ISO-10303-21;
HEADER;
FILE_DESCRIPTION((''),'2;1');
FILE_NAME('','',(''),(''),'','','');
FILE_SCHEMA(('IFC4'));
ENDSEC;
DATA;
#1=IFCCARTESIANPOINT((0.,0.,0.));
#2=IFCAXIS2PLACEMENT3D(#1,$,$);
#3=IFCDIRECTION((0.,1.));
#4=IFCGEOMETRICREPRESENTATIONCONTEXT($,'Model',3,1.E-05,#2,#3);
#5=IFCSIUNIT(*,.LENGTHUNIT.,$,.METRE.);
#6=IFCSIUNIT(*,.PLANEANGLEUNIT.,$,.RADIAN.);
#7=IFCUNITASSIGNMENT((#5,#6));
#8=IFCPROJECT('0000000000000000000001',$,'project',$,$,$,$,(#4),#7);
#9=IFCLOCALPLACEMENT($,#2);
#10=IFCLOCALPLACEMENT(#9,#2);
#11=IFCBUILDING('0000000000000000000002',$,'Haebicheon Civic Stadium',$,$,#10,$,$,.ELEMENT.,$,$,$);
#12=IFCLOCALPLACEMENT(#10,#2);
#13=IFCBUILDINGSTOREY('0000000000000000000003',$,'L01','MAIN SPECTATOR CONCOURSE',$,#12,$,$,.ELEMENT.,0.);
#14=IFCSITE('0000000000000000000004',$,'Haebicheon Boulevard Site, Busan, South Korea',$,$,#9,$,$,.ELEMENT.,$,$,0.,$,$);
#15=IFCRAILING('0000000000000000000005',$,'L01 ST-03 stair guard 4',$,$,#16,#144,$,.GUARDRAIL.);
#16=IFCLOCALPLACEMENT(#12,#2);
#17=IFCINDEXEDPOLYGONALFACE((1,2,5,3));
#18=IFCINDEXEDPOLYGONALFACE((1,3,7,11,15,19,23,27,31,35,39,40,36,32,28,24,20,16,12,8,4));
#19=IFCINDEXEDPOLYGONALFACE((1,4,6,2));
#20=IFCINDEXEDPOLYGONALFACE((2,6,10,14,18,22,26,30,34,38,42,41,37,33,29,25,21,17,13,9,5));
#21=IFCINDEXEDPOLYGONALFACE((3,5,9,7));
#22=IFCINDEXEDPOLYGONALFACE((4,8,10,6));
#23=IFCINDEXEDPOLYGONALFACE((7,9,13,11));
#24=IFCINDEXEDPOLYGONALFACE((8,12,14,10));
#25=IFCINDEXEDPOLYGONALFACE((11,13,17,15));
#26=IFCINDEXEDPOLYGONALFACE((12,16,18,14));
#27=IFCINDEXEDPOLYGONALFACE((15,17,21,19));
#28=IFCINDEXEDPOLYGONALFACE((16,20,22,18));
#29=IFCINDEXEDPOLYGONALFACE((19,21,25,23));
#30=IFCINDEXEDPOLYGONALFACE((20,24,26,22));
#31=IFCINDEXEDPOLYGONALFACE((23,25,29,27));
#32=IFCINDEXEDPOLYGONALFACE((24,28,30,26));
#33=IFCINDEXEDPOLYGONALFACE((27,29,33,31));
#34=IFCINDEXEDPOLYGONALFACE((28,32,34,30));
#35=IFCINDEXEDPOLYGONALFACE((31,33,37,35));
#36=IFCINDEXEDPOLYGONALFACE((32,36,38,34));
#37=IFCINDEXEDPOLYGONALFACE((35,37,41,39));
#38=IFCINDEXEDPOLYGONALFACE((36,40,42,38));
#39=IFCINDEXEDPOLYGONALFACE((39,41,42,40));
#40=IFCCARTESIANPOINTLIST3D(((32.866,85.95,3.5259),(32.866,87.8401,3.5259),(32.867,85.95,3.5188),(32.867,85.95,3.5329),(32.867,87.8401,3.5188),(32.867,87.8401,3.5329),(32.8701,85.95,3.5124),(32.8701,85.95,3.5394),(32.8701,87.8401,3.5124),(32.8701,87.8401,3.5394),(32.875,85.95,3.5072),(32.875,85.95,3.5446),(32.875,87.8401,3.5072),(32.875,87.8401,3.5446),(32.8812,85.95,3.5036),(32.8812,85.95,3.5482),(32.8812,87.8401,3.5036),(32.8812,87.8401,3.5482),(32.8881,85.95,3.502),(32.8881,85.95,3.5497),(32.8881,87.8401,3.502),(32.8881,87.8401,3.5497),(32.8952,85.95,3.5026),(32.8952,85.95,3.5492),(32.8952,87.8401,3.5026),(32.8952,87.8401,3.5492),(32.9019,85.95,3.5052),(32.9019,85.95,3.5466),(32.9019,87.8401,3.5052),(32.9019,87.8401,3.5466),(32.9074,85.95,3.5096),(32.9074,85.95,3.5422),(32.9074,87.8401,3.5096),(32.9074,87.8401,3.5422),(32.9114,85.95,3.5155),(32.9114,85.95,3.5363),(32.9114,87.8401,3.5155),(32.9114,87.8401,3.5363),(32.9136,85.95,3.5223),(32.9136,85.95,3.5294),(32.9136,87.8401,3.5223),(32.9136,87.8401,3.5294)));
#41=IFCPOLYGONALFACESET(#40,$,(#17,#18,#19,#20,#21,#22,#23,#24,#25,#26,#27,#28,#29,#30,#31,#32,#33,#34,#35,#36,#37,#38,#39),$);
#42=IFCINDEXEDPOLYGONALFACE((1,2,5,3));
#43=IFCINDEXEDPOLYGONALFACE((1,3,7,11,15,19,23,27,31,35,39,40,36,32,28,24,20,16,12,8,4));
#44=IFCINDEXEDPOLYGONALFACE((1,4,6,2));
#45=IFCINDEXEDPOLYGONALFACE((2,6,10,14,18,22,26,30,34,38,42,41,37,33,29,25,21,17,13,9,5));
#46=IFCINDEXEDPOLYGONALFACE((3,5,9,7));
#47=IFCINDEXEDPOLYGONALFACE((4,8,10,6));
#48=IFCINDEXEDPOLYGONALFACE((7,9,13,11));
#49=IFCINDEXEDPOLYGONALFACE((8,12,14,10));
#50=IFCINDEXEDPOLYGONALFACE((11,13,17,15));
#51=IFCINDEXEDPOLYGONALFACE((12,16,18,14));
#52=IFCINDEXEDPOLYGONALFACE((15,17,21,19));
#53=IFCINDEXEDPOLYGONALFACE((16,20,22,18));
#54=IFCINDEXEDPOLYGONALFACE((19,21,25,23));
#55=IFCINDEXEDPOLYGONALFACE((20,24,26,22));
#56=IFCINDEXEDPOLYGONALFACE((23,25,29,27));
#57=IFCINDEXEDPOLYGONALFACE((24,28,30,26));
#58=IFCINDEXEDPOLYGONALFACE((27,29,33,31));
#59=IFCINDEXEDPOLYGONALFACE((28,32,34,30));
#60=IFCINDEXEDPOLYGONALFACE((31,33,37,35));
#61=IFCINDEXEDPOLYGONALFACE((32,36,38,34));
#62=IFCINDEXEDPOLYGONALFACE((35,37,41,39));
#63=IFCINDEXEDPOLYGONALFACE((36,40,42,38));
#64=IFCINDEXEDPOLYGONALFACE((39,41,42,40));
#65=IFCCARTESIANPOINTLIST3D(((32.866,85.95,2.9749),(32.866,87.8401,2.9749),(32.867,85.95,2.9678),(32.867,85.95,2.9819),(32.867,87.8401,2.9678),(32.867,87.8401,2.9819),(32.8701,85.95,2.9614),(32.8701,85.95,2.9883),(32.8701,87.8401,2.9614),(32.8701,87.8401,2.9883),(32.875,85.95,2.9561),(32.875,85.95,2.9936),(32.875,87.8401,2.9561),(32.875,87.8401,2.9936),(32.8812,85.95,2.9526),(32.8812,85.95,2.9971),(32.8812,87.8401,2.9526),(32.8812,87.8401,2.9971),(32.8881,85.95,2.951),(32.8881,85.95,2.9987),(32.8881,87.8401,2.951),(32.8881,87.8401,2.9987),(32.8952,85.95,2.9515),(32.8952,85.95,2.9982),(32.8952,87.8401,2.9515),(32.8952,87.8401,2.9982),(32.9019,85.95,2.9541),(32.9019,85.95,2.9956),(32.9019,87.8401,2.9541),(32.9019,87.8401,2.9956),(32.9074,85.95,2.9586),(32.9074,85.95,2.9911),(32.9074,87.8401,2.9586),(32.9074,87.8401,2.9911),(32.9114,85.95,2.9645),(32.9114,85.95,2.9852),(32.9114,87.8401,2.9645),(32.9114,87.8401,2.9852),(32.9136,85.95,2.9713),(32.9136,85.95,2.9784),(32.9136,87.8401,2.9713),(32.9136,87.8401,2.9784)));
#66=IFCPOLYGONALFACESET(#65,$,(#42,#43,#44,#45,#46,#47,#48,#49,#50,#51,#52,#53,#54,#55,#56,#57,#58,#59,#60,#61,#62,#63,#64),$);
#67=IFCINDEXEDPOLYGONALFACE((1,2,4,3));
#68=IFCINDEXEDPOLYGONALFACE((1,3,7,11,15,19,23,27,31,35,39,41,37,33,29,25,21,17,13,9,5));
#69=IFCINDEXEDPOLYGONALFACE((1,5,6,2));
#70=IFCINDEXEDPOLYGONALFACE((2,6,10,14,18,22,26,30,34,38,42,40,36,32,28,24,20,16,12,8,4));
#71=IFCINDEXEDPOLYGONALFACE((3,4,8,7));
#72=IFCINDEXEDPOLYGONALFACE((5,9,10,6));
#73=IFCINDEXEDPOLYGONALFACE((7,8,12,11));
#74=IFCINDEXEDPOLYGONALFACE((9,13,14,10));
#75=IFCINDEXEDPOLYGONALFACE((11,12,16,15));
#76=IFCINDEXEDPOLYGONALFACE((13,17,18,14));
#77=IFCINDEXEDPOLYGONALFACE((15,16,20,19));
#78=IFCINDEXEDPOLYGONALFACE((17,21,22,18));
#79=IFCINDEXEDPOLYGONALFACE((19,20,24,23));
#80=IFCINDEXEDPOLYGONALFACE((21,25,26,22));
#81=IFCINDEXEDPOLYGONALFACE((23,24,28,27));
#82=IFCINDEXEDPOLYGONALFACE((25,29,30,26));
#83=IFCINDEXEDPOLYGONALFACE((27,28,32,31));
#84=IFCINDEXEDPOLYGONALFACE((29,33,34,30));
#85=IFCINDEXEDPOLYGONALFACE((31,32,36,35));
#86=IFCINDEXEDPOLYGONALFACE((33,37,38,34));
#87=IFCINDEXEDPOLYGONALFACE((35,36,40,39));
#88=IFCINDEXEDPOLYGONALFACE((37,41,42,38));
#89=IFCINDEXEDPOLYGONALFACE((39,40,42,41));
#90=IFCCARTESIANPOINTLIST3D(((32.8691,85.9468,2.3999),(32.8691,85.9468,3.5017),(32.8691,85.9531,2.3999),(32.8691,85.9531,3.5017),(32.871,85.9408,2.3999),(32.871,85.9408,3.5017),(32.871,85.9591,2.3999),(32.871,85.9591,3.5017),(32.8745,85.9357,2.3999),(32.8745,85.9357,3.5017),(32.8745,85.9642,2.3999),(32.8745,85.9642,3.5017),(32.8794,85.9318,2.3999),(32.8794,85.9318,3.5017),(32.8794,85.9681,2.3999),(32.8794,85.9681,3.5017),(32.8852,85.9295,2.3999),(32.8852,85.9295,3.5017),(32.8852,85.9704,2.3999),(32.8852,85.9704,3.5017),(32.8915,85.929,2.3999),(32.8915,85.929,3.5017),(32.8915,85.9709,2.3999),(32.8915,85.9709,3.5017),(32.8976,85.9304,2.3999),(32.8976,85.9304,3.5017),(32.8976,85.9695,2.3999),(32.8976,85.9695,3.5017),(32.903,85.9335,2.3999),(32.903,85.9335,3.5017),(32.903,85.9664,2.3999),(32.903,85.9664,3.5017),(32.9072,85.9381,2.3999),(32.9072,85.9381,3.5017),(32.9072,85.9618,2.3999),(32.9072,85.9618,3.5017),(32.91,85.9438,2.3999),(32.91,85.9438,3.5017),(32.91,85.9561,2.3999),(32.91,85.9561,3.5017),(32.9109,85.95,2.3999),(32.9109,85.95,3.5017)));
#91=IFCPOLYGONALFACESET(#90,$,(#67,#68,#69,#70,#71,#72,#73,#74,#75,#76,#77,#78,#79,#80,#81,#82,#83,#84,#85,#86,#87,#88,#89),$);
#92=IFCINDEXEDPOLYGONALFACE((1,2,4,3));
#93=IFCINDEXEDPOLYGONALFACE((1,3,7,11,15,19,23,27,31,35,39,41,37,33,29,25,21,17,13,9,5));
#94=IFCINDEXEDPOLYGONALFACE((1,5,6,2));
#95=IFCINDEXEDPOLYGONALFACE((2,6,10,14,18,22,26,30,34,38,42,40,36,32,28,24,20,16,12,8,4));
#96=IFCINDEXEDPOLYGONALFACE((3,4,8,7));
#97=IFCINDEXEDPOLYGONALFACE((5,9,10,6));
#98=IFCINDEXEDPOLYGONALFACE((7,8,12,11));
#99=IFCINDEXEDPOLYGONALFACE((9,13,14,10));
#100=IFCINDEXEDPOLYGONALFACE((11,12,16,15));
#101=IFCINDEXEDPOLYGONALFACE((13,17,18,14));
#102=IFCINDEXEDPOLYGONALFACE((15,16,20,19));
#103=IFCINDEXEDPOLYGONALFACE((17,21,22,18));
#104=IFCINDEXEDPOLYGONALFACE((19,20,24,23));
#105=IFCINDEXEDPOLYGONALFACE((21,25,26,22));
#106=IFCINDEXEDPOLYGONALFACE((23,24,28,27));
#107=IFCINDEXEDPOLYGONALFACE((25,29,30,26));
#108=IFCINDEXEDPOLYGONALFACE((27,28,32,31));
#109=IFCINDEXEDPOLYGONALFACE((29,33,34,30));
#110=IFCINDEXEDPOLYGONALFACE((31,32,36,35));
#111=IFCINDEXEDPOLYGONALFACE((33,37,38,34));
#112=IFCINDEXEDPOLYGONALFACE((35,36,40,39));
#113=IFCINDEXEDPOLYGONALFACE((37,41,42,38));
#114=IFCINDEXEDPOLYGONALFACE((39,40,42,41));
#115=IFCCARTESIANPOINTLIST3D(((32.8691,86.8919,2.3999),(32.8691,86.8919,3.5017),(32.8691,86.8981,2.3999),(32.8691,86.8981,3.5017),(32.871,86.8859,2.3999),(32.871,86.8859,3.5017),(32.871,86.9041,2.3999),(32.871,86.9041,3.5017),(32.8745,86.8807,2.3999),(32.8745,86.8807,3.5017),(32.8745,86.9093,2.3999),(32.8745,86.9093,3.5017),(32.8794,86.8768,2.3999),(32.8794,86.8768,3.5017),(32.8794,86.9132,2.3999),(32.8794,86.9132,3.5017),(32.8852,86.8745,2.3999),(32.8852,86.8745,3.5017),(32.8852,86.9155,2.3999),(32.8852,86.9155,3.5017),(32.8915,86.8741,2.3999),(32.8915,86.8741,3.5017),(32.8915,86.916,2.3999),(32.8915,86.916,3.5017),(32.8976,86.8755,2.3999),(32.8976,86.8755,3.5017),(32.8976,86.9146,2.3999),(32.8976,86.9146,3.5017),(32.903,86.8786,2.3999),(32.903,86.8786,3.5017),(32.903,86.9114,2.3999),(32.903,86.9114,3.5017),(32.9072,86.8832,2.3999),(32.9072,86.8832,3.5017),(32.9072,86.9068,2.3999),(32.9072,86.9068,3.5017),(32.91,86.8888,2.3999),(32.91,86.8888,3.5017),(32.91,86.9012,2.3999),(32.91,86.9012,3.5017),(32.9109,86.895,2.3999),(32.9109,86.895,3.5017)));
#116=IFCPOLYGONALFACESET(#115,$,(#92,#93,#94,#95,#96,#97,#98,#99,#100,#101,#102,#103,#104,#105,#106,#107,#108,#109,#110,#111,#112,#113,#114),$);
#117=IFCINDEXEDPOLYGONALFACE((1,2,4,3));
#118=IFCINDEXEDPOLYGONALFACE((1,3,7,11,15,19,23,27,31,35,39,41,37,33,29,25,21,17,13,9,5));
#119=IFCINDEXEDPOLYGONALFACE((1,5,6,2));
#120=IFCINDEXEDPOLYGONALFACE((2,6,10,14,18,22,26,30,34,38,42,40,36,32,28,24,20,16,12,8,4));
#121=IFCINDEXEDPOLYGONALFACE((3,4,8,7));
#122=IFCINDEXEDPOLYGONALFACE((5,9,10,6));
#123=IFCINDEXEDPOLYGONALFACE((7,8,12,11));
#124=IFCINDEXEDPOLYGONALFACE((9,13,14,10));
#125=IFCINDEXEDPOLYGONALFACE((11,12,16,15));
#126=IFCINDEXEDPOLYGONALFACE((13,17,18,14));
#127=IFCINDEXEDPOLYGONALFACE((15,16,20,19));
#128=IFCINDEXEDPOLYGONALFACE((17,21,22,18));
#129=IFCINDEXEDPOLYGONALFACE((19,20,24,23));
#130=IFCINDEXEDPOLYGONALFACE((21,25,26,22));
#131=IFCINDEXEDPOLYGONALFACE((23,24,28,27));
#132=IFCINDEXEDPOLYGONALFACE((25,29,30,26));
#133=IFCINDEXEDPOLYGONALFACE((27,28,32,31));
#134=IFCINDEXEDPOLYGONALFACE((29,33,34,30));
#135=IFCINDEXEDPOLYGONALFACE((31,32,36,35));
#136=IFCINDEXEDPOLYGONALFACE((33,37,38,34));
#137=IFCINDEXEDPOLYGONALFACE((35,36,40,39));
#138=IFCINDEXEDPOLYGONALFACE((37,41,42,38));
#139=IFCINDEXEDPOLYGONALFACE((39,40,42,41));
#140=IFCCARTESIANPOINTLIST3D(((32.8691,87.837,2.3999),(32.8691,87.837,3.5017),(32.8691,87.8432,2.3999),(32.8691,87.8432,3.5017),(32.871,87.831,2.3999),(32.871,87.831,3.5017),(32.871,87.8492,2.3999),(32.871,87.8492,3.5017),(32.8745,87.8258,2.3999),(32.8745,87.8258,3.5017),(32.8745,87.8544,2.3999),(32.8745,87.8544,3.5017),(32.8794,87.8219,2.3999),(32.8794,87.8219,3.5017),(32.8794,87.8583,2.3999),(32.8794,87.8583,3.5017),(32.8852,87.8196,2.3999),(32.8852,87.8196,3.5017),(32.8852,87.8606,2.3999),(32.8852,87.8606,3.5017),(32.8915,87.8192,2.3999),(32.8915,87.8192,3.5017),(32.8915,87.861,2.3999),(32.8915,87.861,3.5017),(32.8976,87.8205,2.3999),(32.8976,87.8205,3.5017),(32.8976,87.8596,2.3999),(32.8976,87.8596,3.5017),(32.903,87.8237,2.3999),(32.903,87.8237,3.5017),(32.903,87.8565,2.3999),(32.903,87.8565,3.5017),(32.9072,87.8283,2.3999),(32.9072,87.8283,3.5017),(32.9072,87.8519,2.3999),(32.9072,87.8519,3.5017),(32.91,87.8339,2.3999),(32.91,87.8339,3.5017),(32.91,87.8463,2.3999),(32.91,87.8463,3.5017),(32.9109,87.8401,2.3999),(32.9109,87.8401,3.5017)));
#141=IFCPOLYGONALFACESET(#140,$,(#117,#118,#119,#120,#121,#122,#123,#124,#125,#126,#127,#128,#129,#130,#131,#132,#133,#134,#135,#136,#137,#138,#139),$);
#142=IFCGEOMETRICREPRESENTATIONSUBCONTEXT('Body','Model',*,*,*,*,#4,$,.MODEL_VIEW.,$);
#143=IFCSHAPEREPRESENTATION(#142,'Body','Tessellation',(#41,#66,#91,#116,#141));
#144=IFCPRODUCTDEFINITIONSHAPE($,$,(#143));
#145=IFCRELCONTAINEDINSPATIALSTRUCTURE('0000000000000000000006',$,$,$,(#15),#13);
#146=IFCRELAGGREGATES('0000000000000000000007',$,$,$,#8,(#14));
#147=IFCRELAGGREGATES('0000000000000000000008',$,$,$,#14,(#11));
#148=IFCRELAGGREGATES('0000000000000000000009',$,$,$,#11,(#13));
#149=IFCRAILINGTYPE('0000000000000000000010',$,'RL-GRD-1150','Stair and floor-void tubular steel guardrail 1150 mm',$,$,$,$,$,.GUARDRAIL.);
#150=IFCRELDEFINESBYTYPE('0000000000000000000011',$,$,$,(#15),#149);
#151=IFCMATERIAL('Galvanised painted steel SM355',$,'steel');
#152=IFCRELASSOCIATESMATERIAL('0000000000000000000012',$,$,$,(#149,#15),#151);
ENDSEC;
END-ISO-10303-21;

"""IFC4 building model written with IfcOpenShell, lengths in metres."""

from ifc_helpers import new_model, si_unit, direction, frame, origin, origin_2d, place, context, subcontext, project, spatial, circle, extrude, material, type_object, element, save


model = new_model("IFC4")

# Units and contexts
model_context = context("Model", 3, precision=1e-05, world=origin(), true_north=direction((0.0, 1.0)))
body_context = subcontext(model_context, "Body", "Model", "MODEL_VIEW")
ifc_project = project(units=[si_unit("LENGTHUNIT", "METRE"), si_unit("PLANEANGLEUNIT", "RADIAN")], contexts=[model_context])

# Site, building, storey
site_placement = place(None, origin())
site = spatial("IfcSite", under=ifc_project, at=site_placement, Name="Haebicheon Boulevard Site, Busan, South Korea", CompositionType="ELEMENT", RefElevation=0.0)
building_placement = place(site_placement, origin())
building = spatial("IfcBuilding", under=site, at=building_placement, Name="Haebicheon Civic Stadium", CompositionType="ELEMENT")
storey_placement = place(building_placement, origin())
storey = spatial("IfcBuildingStorey", under=building, at=storey_placement, Name="L01", Description="MAIN SPECTATOR CONCOURSE", CompositionType="ELEMENT", Elevation=0.0)

# Railing
ifc_material_1 = material(Name="Galvanised painted steel SM355", Category="steel")
railing_type_1 = type_object("IfcRailingType", Name="RL-GRD-1150", Description="Stair and floor-void tubular steel guardrail 1150 mm", PredefinedType="GUARDRAIL", material=ifc_material_1)
for number, where, name in (
    (1, (32.8899, 85.95, 2.3999), "L01 ST-03 stair guard 4"),
):
    element("IfcRailing", number, at=place(storey_placement, frame(where)), inside=storey, type_object=railing_type_1, material=ifc_material_1, Name=name, PredefinedType="GUARDRAIL", context=body_context, shape_type="SweptSolid", body=[
        extrude(circle(Radius=0.0239, at=origin_2d()), frame((0.0, 0.0, 1.126), z_axis=(0.0, 1.0, 0.0), x_axis=(-1.0, 0.0, 0.0)), (0.0, 0.0, 1.0), 1.8901),
        extrude(circle(Radius=0.0239, at=origin_2d()), frame((0.0, 0.0, 0.575), z_axis=(0.0, 1.0, 0.0), x_axis=(-1.0, 0.0, 0.0)), (0.0, 0.0, 1.0), 1.8901),
        extrude(circle(Radius=0.021, at=origin_2d()), origin(), (0.0, 0.0, 1.0), 1.1018),
        extrude(circle(Radius=0.021, at=origin_2d()), frame((0.0, 0.9451, 0.0)), (0.0, 0.0, 1.0), 1.1018),
        extrude(circle(Radius=0.021, at=origin_2d()), frame((0.0, 1.8901, 0.0)), (0.0, 0.0, 1.0), 1.1018),
    ])

save(model, "model.ifc")
